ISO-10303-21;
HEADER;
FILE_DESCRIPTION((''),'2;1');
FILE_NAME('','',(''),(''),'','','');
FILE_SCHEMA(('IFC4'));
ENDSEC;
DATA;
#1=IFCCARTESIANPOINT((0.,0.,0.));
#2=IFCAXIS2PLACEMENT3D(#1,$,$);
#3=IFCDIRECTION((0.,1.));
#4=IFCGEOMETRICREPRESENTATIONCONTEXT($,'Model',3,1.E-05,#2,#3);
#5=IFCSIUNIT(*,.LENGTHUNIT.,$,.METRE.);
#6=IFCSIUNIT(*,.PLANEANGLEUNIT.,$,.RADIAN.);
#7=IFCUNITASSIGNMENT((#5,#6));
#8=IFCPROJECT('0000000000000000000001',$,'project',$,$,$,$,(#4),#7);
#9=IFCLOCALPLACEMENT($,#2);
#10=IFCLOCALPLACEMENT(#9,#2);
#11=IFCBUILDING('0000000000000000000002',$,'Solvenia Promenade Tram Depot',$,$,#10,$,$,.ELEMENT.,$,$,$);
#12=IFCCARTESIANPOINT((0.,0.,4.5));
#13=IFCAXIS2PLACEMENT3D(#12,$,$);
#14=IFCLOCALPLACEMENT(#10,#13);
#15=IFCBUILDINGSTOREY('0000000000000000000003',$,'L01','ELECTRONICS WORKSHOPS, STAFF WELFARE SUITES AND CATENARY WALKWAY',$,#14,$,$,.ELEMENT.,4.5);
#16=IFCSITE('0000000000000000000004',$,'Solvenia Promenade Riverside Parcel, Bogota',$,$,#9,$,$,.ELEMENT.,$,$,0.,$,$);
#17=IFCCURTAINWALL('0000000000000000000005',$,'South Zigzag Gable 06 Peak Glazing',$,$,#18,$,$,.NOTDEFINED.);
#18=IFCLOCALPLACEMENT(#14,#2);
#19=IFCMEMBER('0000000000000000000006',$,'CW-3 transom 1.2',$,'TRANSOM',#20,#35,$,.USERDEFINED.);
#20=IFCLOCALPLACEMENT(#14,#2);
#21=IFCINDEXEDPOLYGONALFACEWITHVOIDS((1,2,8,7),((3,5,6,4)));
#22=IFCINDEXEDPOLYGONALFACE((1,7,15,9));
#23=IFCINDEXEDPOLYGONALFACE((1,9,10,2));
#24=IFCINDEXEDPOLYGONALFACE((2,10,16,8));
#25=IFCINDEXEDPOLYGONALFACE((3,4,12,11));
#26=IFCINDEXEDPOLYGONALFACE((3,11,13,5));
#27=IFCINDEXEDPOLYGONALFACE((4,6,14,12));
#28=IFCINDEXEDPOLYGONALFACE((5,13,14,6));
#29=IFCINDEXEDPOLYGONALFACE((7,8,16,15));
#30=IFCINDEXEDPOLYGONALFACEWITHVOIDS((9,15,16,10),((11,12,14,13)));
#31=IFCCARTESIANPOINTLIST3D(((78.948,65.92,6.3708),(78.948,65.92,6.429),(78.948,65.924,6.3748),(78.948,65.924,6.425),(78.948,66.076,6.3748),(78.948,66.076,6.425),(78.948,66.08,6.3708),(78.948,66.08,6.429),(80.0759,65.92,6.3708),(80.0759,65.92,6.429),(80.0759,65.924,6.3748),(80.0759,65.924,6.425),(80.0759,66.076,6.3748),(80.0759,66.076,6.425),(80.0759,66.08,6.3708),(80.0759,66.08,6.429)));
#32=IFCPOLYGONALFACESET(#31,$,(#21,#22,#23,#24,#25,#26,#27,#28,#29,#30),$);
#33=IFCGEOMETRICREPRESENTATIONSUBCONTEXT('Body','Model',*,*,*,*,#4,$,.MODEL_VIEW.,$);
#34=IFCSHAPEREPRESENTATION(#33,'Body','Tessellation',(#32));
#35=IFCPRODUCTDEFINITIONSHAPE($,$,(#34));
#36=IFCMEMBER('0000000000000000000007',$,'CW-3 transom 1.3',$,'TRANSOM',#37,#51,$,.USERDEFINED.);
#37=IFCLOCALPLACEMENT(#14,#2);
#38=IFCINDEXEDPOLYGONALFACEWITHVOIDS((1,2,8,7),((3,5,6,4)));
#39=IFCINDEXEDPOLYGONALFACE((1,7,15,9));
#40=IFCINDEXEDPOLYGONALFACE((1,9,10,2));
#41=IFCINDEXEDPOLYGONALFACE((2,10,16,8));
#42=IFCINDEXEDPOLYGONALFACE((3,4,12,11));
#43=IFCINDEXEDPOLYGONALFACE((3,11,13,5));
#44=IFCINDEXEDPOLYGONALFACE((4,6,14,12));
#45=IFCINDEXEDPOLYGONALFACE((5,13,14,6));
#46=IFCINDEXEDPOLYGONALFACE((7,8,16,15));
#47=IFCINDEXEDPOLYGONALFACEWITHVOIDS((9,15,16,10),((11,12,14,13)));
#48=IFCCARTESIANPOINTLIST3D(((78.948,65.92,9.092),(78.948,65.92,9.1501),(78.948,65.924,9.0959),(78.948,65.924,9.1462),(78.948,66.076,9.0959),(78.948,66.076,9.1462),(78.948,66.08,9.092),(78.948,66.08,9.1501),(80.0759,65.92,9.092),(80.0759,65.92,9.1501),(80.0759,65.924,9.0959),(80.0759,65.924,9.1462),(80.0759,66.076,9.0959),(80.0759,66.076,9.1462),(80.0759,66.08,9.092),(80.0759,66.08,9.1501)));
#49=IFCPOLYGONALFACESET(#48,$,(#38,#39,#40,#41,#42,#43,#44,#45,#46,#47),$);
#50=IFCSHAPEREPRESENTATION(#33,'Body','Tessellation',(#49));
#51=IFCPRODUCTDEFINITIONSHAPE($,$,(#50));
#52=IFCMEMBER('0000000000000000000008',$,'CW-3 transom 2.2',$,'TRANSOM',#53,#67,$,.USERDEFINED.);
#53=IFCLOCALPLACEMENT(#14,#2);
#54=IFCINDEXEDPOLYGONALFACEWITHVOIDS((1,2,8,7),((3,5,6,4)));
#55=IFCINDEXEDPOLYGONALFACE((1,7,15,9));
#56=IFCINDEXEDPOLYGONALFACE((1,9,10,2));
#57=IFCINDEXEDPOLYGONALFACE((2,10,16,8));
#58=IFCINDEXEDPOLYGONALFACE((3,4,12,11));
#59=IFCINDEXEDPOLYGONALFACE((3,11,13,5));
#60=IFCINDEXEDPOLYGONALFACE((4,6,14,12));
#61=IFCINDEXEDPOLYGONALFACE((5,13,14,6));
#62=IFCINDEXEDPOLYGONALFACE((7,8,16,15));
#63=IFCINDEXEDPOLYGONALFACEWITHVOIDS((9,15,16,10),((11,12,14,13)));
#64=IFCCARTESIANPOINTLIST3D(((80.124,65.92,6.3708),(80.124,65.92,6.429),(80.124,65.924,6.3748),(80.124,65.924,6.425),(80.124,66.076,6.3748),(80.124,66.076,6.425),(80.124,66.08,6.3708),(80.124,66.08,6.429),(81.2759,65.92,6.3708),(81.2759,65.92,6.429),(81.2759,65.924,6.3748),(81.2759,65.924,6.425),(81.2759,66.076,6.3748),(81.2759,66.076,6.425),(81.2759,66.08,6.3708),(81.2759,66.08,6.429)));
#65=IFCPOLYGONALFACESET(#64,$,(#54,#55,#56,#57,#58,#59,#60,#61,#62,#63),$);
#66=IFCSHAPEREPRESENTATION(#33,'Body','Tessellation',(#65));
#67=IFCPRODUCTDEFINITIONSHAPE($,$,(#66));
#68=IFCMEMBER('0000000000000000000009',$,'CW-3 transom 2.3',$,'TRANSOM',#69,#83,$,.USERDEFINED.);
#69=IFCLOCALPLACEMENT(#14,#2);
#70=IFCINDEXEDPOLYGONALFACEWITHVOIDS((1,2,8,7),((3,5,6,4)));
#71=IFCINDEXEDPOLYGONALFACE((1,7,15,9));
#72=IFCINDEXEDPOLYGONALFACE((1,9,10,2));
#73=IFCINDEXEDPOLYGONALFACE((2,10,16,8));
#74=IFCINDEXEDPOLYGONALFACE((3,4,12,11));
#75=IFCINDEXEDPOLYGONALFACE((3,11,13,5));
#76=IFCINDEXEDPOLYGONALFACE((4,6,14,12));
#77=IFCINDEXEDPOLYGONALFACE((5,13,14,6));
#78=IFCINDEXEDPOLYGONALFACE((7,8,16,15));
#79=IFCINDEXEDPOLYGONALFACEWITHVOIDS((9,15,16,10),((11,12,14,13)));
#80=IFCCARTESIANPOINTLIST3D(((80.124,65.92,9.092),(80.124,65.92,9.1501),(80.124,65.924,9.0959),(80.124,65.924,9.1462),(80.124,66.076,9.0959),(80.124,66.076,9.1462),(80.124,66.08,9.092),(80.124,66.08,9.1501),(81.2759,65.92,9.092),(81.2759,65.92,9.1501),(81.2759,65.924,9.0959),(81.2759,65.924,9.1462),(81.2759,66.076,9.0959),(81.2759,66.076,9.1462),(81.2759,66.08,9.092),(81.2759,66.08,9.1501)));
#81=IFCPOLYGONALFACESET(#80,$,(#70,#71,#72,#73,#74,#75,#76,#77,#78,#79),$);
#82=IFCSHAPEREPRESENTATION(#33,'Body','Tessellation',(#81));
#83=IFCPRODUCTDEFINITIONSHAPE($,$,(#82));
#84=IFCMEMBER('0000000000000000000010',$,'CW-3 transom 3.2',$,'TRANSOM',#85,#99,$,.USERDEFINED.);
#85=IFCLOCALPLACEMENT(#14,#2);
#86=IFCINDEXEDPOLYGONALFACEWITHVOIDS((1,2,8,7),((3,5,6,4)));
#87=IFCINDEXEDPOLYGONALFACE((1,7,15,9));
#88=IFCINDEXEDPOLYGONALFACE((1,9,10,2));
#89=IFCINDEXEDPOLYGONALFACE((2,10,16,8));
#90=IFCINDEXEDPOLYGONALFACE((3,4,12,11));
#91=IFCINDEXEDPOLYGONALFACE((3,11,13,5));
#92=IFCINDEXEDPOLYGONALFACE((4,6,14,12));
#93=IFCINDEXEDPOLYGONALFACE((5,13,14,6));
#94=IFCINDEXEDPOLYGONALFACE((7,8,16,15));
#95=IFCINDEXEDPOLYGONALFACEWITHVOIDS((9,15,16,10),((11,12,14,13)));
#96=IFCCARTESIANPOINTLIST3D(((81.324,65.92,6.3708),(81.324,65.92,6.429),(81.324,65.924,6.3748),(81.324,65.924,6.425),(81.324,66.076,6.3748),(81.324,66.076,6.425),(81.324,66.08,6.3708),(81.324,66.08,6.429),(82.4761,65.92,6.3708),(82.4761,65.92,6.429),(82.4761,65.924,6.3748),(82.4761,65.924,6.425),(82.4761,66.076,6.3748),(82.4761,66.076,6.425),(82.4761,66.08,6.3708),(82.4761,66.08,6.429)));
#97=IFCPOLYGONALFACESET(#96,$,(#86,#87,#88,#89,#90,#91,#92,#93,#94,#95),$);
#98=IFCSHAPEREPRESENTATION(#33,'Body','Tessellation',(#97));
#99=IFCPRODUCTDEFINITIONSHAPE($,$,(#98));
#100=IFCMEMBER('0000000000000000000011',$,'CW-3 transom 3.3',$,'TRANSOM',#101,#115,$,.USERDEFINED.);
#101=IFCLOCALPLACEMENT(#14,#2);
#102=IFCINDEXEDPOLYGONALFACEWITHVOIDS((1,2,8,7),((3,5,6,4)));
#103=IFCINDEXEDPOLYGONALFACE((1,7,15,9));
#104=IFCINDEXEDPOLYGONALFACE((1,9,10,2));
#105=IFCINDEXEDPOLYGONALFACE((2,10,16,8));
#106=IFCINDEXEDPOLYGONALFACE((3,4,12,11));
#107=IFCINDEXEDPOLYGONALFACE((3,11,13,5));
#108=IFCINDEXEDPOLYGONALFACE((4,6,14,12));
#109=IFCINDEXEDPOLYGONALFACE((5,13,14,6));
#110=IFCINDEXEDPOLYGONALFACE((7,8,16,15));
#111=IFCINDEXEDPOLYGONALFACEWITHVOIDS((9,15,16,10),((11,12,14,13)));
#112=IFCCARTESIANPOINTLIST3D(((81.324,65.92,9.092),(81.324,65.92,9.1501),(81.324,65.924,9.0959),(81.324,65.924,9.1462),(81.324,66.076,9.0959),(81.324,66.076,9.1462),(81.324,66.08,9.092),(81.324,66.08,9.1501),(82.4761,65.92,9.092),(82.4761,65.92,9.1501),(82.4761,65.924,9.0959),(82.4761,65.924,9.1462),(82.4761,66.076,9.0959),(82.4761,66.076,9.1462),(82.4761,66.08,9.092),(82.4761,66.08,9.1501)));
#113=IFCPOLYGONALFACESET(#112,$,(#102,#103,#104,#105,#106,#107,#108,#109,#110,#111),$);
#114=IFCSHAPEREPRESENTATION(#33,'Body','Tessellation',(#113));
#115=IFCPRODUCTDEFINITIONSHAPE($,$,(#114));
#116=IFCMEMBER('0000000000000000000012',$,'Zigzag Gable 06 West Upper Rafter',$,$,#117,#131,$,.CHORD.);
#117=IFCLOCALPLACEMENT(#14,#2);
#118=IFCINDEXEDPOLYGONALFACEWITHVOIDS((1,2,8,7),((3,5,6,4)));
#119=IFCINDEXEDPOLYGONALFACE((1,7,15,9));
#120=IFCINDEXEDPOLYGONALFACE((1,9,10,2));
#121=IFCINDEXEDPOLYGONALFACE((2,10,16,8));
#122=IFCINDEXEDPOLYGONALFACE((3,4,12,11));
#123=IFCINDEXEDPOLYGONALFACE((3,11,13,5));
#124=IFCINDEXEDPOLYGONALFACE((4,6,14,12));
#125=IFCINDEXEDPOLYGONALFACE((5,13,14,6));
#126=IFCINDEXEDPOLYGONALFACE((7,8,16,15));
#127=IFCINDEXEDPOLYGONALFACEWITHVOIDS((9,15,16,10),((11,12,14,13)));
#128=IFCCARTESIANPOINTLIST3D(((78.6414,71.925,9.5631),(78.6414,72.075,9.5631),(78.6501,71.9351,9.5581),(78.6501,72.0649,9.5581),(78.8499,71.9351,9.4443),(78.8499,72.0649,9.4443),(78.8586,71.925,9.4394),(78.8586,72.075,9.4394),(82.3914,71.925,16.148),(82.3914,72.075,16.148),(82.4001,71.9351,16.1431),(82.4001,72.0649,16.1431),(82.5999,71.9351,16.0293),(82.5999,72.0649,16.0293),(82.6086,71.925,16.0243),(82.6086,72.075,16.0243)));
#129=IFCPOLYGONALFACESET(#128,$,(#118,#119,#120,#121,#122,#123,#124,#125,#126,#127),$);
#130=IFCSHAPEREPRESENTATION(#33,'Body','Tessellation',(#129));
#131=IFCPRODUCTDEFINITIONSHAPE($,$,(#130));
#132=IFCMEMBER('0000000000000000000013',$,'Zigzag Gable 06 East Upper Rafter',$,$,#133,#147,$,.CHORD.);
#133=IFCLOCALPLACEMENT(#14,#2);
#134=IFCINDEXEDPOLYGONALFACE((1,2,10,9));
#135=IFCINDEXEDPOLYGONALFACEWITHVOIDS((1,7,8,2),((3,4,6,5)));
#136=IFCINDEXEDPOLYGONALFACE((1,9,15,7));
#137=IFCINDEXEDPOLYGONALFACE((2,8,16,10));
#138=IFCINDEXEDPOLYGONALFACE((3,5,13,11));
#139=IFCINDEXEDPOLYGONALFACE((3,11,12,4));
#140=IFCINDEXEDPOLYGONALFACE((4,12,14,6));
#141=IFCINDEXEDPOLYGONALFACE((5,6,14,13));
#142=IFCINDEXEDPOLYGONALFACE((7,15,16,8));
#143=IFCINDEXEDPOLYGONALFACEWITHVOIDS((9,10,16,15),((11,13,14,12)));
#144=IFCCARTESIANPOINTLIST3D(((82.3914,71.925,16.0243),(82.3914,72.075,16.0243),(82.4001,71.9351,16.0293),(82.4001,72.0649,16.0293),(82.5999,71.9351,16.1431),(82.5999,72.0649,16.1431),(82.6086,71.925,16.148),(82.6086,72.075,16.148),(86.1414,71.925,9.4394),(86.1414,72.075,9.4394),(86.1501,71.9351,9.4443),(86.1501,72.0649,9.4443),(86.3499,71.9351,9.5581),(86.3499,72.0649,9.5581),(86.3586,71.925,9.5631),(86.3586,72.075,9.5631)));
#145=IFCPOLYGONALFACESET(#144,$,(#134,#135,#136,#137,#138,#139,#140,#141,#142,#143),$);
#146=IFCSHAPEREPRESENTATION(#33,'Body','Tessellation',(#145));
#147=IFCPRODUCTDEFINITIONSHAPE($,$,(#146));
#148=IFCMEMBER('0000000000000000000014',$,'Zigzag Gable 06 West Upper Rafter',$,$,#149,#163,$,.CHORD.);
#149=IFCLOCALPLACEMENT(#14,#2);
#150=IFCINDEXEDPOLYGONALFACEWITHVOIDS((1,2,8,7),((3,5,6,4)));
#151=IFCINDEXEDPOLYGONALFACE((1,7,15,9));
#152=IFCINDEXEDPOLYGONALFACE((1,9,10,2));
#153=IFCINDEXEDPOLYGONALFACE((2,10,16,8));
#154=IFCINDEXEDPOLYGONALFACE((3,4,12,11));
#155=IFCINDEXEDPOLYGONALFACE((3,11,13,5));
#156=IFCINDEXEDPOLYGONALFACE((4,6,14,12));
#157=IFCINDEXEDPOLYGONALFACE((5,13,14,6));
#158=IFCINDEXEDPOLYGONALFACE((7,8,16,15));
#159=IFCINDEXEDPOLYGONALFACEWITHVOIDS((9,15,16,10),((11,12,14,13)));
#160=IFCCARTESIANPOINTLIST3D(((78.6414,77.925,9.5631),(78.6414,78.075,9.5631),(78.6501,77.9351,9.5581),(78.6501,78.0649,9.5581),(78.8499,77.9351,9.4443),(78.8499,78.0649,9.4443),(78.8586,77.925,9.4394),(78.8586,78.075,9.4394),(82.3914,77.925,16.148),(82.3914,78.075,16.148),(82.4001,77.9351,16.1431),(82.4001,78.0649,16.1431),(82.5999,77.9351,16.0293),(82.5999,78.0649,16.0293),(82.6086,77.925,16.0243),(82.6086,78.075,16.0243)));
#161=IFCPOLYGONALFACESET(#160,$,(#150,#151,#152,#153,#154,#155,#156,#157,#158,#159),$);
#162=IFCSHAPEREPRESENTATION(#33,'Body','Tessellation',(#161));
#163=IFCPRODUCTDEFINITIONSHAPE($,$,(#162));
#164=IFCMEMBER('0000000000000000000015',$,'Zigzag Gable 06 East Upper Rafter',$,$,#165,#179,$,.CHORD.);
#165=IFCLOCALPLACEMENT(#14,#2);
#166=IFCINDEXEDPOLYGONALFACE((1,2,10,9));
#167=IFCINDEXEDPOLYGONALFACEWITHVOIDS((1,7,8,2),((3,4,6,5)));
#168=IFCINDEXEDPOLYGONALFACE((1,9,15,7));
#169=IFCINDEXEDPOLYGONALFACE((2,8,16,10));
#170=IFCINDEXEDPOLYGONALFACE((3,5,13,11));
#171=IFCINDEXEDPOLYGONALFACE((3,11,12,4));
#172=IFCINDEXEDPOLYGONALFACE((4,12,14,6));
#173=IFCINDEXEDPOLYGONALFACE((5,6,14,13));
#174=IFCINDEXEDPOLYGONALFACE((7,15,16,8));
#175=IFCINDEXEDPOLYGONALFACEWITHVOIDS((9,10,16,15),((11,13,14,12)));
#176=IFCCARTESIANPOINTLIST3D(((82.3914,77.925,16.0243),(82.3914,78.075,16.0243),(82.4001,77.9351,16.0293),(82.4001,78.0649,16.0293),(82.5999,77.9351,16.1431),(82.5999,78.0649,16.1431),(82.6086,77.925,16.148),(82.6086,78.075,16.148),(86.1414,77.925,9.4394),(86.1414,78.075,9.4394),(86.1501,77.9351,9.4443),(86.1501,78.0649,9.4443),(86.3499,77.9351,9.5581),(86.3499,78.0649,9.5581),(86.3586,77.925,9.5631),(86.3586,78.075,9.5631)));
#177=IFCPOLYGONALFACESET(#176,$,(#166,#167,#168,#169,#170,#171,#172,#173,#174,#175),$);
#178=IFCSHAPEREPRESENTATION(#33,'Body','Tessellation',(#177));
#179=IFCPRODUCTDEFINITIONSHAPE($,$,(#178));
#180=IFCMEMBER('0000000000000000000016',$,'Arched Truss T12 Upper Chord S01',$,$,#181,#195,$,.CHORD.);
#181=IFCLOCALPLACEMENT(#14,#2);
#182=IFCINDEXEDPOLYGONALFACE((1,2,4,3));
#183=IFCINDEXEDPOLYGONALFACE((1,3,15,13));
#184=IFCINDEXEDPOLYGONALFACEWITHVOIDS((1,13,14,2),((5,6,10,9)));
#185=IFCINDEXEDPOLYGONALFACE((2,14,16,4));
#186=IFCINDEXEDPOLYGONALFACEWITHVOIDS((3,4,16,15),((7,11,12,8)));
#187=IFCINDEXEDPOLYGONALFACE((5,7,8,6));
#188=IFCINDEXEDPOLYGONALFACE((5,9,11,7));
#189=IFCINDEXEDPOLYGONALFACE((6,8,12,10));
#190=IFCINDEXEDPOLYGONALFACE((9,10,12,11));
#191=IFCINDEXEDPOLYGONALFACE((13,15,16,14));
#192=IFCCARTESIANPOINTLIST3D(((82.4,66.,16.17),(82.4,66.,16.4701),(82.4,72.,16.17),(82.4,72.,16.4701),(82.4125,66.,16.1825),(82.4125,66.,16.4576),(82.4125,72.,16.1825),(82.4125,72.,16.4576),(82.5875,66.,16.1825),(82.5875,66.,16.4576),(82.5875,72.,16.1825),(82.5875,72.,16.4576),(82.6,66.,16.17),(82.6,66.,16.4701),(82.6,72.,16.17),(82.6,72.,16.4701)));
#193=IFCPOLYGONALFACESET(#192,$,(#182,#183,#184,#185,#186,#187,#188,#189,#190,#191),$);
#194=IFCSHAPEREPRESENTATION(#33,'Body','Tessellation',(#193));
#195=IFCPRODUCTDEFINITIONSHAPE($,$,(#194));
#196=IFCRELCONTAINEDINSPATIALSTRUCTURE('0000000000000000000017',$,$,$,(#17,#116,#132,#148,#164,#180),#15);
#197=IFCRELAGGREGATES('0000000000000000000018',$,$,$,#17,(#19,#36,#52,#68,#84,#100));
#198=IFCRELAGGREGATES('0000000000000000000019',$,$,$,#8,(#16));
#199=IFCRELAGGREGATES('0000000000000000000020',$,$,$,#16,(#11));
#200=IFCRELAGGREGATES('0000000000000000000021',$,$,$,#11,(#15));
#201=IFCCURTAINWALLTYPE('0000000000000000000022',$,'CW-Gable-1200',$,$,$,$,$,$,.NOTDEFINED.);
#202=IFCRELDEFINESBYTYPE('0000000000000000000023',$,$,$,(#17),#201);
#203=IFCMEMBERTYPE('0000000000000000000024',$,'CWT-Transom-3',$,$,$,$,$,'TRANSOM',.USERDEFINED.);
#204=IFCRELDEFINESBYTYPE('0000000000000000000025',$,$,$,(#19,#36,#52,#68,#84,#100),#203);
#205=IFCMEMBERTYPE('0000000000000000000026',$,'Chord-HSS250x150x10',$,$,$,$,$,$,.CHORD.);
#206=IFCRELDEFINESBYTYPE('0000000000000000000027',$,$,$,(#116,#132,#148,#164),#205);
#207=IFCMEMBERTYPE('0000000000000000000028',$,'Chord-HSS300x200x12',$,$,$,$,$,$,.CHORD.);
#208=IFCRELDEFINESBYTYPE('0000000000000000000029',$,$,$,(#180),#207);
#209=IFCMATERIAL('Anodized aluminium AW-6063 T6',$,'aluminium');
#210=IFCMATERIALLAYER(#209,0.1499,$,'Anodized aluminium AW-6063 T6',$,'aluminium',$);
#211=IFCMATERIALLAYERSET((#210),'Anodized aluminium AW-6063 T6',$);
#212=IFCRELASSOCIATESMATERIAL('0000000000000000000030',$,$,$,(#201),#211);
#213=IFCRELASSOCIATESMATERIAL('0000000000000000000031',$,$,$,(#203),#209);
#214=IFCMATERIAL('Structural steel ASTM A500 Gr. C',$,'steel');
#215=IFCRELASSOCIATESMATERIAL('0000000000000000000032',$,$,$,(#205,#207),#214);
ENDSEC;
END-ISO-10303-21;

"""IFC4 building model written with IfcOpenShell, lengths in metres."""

from ifc_helpers import new_model, si_unit, direction, frame, origin, origin_2d, place, context, subcontext, project, spatial, hollow_rectangle, extrude, material, layer, layer_set, material_profile, profile_set, type_object, element, aggregate, save


model = new_model("IFC4")

# Units and contexts
model_context = context("Model", 3, precision=1e-05, world=origin(), true_north=direction((0.0, 1.0)))
body_context = subcontext(model_context, "Body", "Model", "MODEL_VIEW")
ifc_project = project(units=[si_unit("LENGTHUNIT", "METRE"), si_unit("PLANEANGLEUNIT", "RADIAN")], contexts=[model_context])

# Site, building, storey
site_placement = place(None, origin())
site = spatial("IfcSite", under=ifc_project, at=site_placement, Name="Solvenia Promenade Riverside Parcel, Bogota", CompositionType="ELEMENT", RefElevation=0.0)
building_placement = place(site_placement, origin())
building = spatial("IfcBuilding", under=site, at=building_placement, Name="Solvenia Promenade Tram Depot", CompositionType="ELEMENT")
storey_placement = place(building_placement, frame((0.0, 0.0, 4.5)))
storey = spatial("IfcBuildingStorey", under=building, at=storey_placement, Name="L01", Description="ELECTRONICS WORKSHOPS, STAFF WELFARE SUITES AND CATENARY WALKWAY", CompositionType="ELEMENT", Elevation=4.5)

# Curtain wall, members
ifc_material_1 = material(Name="Anodized aluminium AW-6063 T6", Category="aluminium")
ifc_layer_1 = layer(ifc_material_1, 0.1499, Name="Anodized aluminium AW-6063 T6", Category="aluminium")
ifc_layer_set_1 = layer_set([ifc_layer_1], Name="Anodized aluminium AW-6063 T6")
curtain_wall_type = type_object("IfcCurtainWallType", Name="CW-Gable-1200", PredefinedType="NOTDEFINED", material=ifc_layer_set_1)
curtain_wall_placement = place(storey_placement, origin())
curtain_wall = element("IfcCurtainWall", 1, at=curtain_wall_placement, inside=storey, type_object=curtain_wall_type, Name="South Zigzag Gable 06 Peak Glazing", PredefinedType="NOTDEFINED")
ifc_material_profile_1 = material_profile(ifc_material_1, hollow_rectangle(XDim=0.1599, YDim=0.0581, WallThickness=0.0039, at=origin_2d()), Name="ALU-T3", Category="aluminium")
ifc_profile_set_1 = profile_set([ifc_material_profile_1], Name="Anodized aluminium AW-6063 T6")
member_type_1 = type_object("IfcMemberType", Name="CWT-Transom-3", ElementType="TRANSOM", PredefinedType="USERDEFINED", material=ifc_profile_set_1)
member_1_placement = place(storey_placement, frame((78.948, 66.0, 6.3999), z_axis=(1.0, 0.0, 0.0), x_axis=(0.0, 1.0, 0.0)))
member_1 = element("IfcMember", 2, at=member_1_placement, type_object=member_type_1, Name="CW-3 transom 1.2", ObjectType="TRANSOM", PredefinedType="USERDEFINED", context=body_context, shape_type="SweptSolid", body=[
    extrude(hollow_rectangle(XDim=0.1599, YDim=0.0581, WallThickness=0.0039, at=origin_2d()), origin(), (0.0, 0.0, 1.0), 1.1279),
])
member_2_placement = place(storey_placement, frame((78.948, 66.0, 9.1211), z_axis=(1.0, 0.0, 0.0), x_axis=(0.0, 1.0, 0.0)))
member_2 = element("IfcMember", 3, at=member_2_placement, type_object=member_type_1, Name="CW-3 transom 1.3", ObjectType="TRANSOM", PredefinedType="USERDEFINED", context=body_context, shape_type="SweptSolid", body=[
    extrude(hollow_rectangle(XDim=0.1599, YDim=0.0581, WallThickness=0.0039, at=origin_2d()), origin(), (0.0, 0.0, 1.0), 1.1279),
])
member_3_placement = place(storey_placement, frame((80.124, 66.0, 6.3999), z_axis=(1.0, 0.0, 0.0), x_axis=(0.0, 1.0, 0.0)))
member_3 = element("IfcMember", 4, at=member_3_placement, type_object=member_type_1, Name="CW-3 transom 2.2", ObjectType="TRANSOM", PredefinedType="USERDEFINED", context=body_context, shape_type="SweptSolid", body=[
    extrude(hollow_rectangle(XDim=0.1599, YDim=0.0581, WallThickness=0.0039, at=origin_2d()), origin(), (0.0, 0.0, 1.0), 1.1519),
])
member_4_placement = place(storey_placement, frame((80.124, 66.0, 9.1211), z_axis=(1.0, 0.0, 0.0), x_axis=(0.0, 1.0, 0.0)))
member_4 = element("IfcMember", 5, at=member_4_placement, type_object=member_type_1, Name="CW-3 transom 2.3", ObjectType="TRANSOM", PredefinedType="USERDEFINED", context=body_context, shape_type="SweptSolid", body=[
    extrude(hollow_rectangle(XDim=0.1599, YDim=0.0581, WallThickness=0.0039, at=origin_2d()), origin(), (0.0, 0.0, 1.0), 1.1519),
])
member_5_placement = place(storey_placement, frame((81.324, 66.0, 6.3999), z_axis=(1.0, 0.0, 0.0), x_axis=(0.0, 1.0, 0.0)))
member_5 = element("IfcMember", 6, at=member_5_placement, type_object=member_type_1, Name="CW-3 transom 3.2", ObjectType="TRANSOM", PredefinedType="USERDEFINED", context=body_context, shape_type="SweptSolid", body=[
    extrude(hollow_rectangle(XDim=0.1599, YDim=0.0581, WallThickness=0.0039, at=origin_2d()), origin(), (0.0, 0.0, 1.0), 1.1521),
])
member_6_placement = place(storey_placement, frame((81.324, 66.0, 9.1211), z_axis=(1.0, 0.0, 0.0), x_axis=(0.0, 1.0, 0.0)))
member_6 = element("IfcMember", 7, at=member_6_placement, type_object=member_type_1, Name="CW-3 transom 3.3", ObjectType="TRANSOM", PredefinedType="USERDEFINED", context=body_context, shape_type="SweptSolid", body=[
    extrude(hollow_rectangle(XDim=0.1599, YDim=0.0581, WallThickness=0.0039, at=origin_2d()), origin(), (0.0, 0.0, 1.0), 1.1521),
])

# Members
ifc_material_2 = material(Name="Structural steel ASTM A500 Gr. C", Category="steel")
ifc_material_profile_2 = material_profile(ifc_material_2, hollow_rectangle(XDim=0.1499, YDim=0.25, WallThickness=0.01, at=origin_2d()), Name="HSS250x150x10", Category="steel")
ifc_profile_set_2 = profile_set([ifc_material_profile_2], Name="Structural steel ASTM A500 Gr. C")
member_type_2 = type_object("IfcMemberType", Name="Chord-HSS250x150x10", PredefinedType="CHORD", material=ifc_profile_set_2)
for number, where, z_axis, x_axis, name in (
    (8, (78.75, 72.0, 9.5012), (0.494862, 0.0, 0.868972), (0.0, 1.0, 0.0), "Zigzag Gable 06 West Upper Rafter"),
    (9, (82.5, 72.0, 16.0862), (0.494862, 0.0, -0.868972), (0.0, 1.0, 0.0), "Zigzag Gable 06 East Upper Rafter"),
    (10, (78.75, 78.0, 9.5012), (0.494862, 0.0, 0.868972), (0.0, 1.0, 0.0), "Zigzag Gable 06 West Upper Rafter"),
    (11, (82.5, 78.0, 16.0862), (0.494862, 0.0, -0.868972), (0.0, 1.0, 0.0), "Zigzag Gable 06 East Upper Rafter"),
):
    element("IfcMember", number, at=place(storey_placement, frame(where, z_axis=z_axis, x_axis=x_axis)), inside=storey, type_object=member_type_2, Name=name, PredefinedType="CHORD", context=body_context, shape_type="SweptSolid", body=[
        extrude(hollow_rectangle(XDim=0.1499, YDim=0.25, WallThickness=0.01, at=origin_2d()), origin(), (0.0, 0.0, 1.0), 7.5779),
    ])
ifc_material_profile_3 = material_profile(ifc_material_2, hollow_rectangle(XDim=0.2, YDim=0.3, WallThickness=0.0125, at=origin_2d()), Name="HSS300x200x12.5", Category="steel")
ifc_profile_set_3 = profile_set([ifc_material_profile_3], Name="Structural steel ASTM A500 Gr. C")
member_type_3 = type_object("IfcMemberType", Name="Chord-HSS300x200x12", PredefinedType="CHORD", material=ifc_profile_set_3)
for number, where, z_axis, x_axis, name in (
    (12, (82.5, 66.0, 16.3201), (0.0, 1.0, 0.0), (-1.0, 0.0, 0.0), "Arched Truss T12 Upper Chord S01"),
):
    element("IfcMember", number, at=place(storey_placement, frame(where, z_axis=z_axis, x_axis=x_axis)), inside=storey, type_object=member_type_3, Name=name, PredefinedType="CHORD", context=body_context, shape_type="SweptSolid", body=[
        extrude(hollow_rectangle(XDim=0.2, YDim=0.3, WallThickness=0.0125, at=origin_2d()), origin(), (0.0, 0.0, 1.0), 6.0),
    ])

aggregate(curtain_wall, [member_1, member_2, member_3, member_4, member_5, member_6])

save(model, "model.ifc")
